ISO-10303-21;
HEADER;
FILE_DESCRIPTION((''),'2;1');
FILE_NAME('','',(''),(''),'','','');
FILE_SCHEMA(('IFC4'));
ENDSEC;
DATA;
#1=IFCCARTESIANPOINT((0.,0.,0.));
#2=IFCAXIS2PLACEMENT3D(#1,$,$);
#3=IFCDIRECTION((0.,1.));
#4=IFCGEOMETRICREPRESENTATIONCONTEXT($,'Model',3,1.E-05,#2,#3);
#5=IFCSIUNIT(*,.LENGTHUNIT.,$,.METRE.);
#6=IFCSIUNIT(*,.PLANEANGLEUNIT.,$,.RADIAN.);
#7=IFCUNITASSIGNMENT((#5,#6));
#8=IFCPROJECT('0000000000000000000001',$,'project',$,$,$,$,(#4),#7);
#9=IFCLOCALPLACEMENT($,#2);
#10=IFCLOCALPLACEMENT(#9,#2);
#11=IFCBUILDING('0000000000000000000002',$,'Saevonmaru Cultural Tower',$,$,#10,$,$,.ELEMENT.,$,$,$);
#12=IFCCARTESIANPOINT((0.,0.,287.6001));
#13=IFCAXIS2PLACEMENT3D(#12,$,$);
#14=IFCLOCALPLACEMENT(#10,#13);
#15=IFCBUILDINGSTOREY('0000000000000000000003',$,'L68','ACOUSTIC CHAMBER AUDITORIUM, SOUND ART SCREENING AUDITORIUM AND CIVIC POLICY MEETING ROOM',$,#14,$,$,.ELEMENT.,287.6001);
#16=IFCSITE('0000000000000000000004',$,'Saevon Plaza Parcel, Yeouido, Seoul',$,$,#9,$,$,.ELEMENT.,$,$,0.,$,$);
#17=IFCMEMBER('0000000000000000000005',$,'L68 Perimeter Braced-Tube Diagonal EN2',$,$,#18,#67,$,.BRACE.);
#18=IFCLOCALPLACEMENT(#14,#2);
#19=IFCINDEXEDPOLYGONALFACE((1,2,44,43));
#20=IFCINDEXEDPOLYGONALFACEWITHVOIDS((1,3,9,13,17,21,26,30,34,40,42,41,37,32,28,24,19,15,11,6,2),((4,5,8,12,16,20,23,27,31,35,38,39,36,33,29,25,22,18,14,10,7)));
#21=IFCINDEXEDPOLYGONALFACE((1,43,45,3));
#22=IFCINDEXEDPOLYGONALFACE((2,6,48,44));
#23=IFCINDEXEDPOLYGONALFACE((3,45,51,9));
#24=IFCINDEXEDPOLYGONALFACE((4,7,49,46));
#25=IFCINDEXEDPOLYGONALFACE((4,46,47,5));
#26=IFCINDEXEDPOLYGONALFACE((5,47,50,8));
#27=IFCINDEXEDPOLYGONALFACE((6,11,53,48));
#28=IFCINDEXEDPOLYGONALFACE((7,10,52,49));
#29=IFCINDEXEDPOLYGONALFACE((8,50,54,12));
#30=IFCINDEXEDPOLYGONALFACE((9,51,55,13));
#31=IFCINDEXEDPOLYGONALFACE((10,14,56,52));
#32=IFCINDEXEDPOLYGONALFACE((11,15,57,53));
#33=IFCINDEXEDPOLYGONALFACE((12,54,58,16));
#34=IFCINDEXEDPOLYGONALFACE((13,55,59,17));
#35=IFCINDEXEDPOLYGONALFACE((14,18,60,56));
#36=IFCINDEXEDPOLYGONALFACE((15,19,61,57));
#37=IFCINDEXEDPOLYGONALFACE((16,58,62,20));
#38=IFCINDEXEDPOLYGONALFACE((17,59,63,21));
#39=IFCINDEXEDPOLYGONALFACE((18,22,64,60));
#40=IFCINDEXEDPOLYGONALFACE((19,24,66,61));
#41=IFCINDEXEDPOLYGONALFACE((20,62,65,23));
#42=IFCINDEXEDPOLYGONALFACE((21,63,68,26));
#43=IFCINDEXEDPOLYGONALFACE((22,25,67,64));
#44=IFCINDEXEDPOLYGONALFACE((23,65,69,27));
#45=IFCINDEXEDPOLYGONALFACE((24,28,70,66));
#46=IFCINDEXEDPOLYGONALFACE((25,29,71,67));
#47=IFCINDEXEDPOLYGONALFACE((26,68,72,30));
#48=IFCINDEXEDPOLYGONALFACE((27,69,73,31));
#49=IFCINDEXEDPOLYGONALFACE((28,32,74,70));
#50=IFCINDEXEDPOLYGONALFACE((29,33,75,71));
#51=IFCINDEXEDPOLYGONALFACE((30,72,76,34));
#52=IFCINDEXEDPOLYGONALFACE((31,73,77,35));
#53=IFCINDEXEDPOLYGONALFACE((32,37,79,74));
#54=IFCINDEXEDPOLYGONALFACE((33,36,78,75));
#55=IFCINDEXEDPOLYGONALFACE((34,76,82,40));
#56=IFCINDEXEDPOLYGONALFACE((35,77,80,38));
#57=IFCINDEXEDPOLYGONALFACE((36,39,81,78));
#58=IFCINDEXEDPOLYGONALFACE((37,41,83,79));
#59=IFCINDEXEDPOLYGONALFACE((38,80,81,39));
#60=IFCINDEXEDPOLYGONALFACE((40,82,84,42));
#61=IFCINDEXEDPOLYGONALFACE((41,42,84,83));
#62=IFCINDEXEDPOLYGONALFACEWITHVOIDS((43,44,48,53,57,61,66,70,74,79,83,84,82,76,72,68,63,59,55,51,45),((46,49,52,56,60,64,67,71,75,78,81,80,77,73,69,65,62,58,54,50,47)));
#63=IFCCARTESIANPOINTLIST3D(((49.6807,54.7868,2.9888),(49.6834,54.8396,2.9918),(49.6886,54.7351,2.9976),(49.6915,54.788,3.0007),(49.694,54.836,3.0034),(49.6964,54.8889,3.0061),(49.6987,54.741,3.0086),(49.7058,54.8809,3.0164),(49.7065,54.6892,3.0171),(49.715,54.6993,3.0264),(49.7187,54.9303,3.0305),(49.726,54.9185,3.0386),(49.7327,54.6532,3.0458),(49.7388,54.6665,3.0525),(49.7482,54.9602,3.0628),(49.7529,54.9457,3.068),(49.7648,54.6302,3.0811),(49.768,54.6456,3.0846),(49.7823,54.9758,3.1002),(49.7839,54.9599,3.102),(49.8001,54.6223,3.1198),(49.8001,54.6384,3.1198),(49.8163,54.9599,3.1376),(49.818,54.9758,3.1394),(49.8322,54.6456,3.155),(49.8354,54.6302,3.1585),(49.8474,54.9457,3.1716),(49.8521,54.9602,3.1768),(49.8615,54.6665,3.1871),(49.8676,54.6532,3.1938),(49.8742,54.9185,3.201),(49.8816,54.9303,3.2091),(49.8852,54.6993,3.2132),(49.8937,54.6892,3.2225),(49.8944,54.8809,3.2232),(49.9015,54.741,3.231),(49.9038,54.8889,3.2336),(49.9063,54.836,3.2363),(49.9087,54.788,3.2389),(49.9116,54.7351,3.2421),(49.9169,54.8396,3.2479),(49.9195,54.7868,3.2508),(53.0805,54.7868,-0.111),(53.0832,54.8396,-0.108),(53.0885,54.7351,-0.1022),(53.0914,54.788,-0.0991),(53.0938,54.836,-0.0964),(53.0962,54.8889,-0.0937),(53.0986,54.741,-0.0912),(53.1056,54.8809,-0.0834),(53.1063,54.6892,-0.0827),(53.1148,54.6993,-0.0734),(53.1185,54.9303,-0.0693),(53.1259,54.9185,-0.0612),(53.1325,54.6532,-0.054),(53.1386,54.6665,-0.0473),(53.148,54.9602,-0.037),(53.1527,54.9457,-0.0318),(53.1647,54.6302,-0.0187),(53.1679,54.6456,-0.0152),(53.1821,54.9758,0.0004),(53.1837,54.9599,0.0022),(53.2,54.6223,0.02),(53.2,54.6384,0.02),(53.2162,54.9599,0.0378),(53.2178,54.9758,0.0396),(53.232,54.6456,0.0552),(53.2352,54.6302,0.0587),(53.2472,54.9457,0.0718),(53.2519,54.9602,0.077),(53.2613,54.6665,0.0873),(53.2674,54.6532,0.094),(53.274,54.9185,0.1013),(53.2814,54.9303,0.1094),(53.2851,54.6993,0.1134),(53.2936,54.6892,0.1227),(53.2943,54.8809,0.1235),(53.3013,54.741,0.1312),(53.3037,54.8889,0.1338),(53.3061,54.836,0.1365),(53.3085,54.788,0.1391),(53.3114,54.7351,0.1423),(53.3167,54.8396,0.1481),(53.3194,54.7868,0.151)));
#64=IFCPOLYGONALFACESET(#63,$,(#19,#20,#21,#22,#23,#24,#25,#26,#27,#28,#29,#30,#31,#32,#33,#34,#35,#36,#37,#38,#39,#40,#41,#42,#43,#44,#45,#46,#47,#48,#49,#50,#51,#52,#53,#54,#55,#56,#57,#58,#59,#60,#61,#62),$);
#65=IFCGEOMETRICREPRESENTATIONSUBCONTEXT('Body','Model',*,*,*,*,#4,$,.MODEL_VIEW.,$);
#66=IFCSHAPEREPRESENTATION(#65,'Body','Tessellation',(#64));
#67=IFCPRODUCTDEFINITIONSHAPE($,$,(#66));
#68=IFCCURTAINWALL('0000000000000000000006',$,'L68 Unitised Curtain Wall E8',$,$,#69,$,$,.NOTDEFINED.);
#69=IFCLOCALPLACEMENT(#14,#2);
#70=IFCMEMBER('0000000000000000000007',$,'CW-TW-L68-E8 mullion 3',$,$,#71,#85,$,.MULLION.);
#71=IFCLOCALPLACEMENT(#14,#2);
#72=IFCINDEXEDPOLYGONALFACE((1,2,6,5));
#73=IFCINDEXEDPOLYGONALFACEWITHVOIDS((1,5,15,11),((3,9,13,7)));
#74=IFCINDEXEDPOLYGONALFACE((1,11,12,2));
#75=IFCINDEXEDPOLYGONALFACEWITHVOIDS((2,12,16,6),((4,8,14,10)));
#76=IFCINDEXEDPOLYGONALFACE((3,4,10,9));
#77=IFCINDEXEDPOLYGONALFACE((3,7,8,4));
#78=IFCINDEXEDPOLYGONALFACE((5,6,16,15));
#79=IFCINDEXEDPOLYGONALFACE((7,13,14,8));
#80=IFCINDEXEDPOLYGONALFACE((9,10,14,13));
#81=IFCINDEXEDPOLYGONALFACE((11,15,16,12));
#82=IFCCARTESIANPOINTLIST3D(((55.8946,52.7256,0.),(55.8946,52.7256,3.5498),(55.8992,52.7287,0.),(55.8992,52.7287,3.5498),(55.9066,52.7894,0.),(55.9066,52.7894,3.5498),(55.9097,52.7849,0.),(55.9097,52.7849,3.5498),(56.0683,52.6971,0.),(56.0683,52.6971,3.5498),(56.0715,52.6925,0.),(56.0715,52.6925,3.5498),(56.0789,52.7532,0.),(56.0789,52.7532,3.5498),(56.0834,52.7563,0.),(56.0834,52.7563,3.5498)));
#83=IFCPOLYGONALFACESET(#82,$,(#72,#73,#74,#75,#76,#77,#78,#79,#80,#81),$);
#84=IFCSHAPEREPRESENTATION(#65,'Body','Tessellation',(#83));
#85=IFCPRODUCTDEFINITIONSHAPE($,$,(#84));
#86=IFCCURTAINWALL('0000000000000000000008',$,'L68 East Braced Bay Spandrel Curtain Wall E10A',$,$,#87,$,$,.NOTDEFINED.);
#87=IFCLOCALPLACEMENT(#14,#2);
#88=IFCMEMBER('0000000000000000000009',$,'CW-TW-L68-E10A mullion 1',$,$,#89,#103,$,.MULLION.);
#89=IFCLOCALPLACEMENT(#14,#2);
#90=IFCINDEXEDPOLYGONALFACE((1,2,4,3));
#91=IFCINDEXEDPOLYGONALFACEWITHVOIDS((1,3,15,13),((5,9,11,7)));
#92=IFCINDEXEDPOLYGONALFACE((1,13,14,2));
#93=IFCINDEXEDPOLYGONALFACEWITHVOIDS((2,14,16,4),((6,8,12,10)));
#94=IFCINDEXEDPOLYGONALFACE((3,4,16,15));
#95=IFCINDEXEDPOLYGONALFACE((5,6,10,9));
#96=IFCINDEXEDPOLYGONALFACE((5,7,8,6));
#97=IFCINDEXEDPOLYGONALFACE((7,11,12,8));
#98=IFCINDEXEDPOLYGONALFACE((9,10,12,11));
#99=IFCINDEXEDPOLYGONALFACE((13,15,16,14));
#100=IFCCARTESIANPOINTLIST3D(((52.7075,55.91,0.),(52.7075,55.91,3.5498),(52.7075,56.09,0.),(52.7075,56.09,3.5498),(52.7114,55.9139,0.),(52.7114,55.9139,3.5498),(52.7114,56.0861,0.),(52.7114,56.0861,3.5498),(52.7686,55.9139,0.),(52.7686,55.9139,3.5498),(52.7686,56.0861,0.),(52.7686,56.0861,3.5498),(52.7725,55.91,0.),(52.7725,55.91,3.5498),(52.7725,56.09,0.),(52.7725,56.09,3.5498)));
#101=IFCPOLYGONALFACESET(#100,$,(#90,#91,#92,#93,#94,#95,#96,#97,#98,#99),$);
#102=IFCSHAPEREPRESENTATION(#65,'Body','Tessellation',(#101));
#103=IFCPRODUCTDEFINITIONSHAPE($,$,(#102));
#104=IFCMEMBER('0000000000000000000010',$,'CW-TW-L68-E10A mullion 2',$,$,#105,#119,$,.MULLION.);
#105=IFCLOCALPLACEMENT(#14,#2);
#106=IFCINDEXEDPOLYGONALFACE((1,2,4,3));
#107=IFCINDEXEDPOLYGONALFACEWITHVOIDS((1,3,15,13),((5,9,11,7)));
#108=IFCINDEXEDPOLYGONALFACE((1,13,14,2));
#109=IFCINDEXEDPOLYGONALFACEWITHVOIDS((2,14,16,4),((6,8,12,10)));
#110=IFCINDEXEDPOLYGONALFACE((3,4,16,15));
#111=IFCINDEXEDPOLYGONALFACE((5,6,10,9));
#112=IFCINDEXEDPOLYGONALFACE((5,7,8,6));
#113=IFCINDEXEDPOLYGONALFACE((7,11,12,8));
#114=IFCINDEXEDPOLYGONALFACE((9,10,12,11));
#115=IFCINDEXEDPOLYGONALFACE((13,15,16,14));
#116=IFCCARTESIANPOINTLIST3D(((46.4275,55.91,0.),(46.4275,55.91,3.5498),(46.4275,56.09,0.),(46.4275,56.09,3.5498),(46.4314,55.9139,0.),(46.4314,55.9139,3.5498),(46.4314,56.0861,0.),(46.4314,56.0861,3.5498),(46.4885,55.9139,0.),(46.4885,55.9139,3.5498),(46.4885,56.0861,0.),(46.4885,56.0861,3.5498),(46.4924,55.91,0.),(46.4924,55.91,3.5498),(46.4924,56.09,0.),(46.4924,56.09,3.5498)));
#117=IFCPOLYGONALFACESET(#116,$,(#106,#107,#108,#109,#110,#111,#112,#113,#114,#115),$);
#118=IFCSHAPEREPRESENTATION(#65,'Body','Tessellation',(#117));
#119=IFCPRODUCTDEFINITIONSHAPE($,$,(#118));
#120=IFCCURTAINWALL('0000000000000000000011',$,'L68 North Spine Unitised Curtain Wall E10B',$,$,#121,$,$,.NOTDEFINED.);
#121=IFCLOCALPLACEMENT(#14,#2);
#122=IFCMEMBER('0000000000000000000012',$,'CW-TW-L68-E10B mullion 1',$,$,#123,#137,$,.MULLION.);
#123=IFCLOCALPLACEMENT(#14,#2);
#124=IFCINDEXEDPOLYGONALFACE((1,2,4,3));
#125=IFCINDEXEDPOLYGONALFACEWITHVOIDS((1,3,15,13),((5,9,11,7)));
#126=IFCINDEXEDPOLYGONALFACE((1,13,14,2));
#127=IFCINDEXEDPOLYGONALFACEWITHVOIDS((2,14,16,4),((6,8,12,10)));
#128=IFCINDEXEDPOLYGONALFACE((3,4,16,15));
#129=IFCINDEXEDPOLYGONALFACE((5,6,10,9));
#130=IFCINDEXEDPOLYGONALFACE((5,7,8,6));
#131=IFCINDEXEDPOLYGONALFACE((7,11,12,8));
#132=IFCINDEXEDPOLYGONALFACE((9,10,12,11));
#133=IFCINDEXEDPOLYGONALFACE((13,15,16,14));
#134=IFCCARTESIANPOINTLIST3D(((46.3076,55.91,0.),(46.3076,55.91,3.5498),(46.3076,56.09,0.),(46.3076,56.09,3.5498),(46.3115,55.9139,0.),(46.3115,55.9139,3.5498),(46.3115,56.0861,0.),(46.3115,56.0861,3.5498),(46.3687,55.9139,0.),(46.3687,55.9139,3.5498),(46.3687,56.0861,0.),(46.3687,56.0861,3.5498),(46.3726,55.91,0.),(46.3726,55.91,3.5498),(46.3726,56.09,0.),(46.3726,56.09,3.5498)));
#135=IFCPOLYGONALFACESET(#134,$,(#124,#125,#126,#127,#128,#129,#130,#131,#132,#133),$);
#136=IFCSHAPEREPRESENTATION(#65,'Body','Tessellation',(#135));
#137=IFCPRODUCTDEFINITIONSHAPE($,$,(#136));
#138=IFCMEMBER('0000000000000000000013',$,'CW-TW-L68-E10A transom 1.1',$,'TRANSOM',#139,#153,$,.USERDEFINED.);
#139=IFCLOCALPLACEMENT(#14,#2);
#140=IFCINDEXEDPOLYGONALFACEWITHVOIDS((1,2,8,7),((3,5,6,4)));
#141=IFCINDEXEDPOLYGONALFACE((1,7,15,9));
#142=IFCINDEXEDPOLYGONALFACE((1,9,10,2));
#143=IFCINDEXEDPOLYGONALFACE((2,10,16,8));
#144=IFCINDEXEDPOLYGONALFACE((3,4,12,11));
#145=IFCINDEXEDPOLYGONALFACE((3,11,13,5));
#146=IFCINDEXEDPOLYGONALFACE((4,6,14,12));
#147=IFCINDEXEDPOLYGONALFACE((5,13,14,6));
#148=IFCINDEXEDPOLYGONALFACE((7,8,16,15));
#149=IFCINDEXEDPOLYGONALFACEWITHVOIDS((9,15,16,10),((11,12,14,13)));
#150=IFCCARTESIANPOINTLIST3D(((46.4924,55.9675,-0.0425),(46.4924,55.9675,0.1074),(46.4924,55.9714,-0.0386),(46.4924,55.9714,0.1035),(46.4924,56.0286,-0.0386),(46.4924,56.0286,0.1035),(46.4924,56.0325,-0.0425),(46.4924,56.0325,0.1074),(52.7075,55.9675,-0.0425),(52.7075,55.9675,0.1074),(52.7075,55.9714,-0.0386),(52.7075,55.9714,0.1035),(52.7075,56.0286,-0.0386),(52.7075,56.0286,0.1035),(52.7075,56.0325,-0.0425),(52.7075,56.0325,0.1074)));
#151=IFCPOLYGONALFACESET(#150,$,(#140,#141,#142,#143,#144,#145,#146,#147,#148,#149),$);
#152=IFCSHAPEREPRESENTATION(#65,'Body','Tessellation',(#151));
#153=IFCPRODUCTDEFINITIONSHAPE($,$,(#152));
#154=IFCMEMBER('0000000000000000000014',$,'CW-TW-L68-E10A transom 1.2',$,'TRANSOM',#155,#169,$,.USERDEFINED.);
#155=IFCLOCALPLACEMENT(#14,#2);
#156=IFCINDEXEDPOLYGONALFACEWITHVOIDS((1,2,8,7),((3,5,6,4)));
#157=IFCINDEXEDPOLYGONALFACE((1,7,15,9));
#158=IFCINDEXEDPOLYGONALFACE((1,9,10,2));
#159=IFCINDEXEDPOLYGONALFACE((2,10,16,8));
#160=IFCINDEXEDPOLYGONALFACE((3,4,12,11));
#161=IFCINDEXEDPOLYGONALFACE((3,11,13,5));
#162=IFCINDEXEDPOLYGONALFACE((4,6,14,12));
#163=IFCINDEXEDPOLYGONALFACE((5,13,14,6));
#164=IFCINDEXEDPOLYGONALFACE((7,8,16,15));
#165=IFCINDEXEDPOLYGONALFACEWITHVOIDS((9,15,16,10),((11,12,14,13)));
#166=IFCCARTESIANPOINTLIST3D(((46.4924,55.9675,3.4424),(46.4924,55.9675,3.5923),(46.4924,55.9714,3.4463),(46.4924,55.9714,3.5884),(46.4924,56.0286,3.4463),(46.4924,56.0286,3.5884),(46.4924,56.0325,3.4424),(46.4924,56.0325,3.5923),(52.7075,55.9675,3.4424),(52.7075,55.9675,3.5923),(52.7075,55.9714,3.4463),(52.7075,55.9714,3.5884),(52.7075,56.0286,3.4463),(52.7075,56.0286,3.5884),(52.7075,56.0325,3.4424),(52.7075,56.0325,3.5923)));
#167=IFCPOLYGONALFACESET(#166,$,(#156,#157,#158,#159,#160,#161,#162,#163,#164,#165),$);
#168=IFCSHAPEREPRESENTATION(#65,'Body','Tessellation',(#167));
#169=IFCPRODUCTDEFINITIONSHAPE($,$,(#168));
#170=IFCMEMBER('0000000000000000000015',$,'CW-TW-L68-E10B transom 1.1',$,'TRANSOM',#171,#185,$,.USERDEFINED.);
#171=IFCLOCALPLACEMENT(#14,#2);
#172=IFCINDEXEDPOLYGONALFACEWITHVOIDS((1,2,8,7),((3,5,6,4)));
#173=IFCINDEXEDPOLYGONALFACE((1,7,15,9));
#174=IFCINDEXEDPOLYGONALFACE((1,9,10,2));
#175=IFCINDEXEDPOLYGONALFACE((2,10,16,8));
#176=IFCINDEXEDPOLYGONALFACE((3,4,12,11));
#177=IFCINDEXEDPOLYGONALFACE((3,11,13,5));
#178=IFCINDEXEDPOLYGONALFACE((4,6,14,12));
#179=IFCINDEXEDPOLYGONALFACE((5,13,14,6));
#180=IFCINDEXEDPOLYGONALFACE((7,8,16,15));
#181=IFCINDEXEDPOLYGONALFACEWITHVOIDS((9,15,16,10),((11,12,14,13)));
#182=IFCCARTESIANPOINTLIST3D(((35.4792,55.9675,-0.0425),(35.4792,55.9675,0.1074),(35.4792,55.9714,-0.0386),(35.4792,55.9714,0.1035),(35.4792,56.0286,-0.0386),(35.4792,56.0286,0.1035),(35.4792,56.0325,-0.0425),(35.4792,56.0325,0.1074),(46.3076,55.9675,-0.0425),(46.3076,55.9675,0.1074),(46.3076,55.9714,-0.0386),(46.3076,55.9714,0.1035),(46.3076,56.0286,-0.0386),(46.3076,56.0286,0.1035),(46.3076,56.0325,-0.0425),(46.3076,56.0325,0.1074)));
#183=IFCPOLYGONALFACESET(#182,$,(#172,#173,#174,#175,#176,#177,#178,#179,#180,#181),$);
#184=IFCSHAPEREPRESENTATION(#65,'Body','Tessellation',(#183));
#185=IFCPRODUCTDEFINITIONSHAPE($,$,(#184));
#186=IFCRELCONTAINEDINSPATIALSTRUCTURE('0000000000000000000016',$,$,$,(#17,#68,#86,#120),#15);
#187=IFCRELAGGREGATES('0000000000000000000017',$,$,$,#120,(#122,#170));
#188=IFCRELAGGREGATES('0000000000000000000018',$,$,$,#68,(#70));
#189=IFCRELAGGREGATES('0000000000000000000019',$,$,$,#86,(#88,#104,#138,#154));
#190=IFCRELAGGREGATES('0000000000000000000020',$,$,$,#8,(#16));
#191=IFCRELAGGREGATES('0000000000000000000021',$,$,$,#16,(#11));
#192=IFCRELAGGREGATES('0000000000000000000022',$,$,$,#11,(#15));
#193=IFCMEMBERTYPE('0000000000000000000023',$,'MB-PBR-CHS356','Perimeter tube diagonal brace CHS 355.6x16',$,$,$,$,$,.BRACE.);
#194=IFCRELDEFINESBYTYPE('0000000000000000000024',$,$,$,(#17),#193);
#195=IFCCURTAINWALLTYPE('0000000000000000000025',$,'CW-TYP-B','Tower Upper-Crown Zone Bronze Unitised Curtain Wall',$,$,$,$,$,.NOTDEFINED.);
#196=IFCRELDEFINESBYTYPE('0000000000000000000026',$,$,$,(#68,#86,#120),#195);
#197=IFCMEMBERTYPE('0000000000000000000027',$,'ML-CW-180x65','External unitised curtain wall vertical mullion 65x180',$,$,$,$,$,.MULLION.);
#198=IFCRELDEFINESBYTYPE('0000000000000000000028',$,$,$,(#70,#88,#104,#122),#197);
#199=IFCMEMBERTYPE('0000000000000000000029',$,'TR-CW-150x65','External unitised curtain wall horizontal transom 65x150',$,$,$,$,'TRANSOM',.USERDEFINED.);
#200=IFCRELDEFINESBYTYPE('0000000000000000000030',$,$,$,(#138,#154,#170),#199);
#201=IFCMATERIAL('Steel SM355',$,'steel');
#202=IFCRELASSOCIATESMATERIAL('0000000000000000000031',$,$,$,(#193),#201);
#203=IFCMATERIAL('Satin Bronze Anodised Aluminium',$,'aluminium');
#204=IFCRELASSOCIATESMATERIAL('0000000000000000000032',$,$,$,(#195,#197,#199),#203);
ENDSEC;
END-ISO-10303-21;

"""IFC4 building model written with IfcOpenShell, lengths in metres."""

from ifc_helpers import new_model, si_unit, direction, frame, origin, origin_2d, place, context, subcontext, project, spatial, hollow_rectangle, hollow_circle, extrude, material, material_profile, profile_set, type_object, element, aggregate, save


model = new_model("IFC4")

# Units and contexts
model_context = context("Model", 3, precision=1e-05, world=origin(), true_north=direction((0.0, 1.0)))
body_context = subcontext(model_context, "Body", "Model", "MODEL_VIEW")
ifc_project = project(units=[si_unit("LENGTHUNIT", "METRE"), si_unit("PLANEANGLEUNIT", "RADIAN")], contexts=[model_context])

# Site, building, storey
site_placement = place(None, origin())
site = spatial("IfcSite", under=ifc_project, at=site_placement, Name="Saevon Plaza Parcel, Yeouido, Seoul", CompositionType="ELEMENT", RefElevation=0.0)
building_placement = place(site_placement, origin())
building = spatial("IfcBuilding", under=site, at=building_placement, Name="Saevonmaru Cultural Tower", CompositionType="ELEMENT")
storey_placement = place(building_placement, frame((0.0, 0.0, 287.6001)))
storey = spatial("IfcBuildingStorey", under=building, at=storey_placement, Name="L68", Description="ACOUSTIC CHAMBER AUDITORIUM, SOUND ART SCREENING AUDITORIUM AND CIVIC POLICY MEETING ROOM", CompositionType="ELEMENT", Elevation=287.6001)

# Shared definitions
ifc_material_1 = material(Name="Steel SM355", Category="steel")

# Member
ifc_material_profile_1 = material_profile(ifc_material_1, hollow_circle(Radius=0.1777, WallThickness=0.0161, at=origin_2d()), Name="CHS-355.6x16")
ifc_profile_set_1 = profile_set([ifc_material_profile_1], Name="Steel SM355")
member_type_1 = type_object("IfcMemberType", Name="MB-PBR-CHS356", Description="Perimeter tube diagonal brace CHS 355.6x16", PredefinedType="BRACE", material=ifc_profile_set_1)
member_1_placement = place(storey_placement, frame((53.2, 54.8, 0.02), z_axis=(-0.738962, 0.0, 0.673747), x_axis=(0.0, -1.0, 0.0)))
element("IfcMember", 1, at=member_1_placement, inside=storey, type_object=member_type_1, Name="L68 Perimeter Braced-Tube Diagonal EN2", PredefinedType="BRACE", context=body_context, shape_type="SweptSolid", body=[
    extrude(hollow_circle(Radius=0.1777, WallThickness=0.0161, at=origin_2d()), origin(), (0.0, 0.0, 1.0), 4.6008),
])

# Curtain wall, member
ifc_material_2 = material(Name="Satin Bronze Anodised Aluminium", Category="aluminium")
curtain_wall_type = type_object("IfcCurtainWallType", Name="CW-TYP-B", Description="Tower Upper-Crown Zone Bronze Unitised Curtain Wall", PredefinedType="NOTDEFINED", material=ifc_material_2)
curtain_wall_1_placement = place(storey_placement, origin())
curtain_wall_1 = element("IfcCurtainWall", 2, at=curtain_wall_1_placement, inside=storey, type_object=curtain_wall_type, Name="L68 Unitised Curtain Wall E8", PredefinedType="NOTDEFINED")
ifc_material_profile_2 = material_profile(ifc_material_2, hollow_rectangle(XDim=0.0649, YDim=0.1799, WallThickness=0.0039, at=origin_2d()), Name="ALU-MULL-180x65x4")
ifc_profile_set_2 = profile_set([ifc_material_profile_2], Name="Satin Bronze Anodised Aluminium")
member_type_2 = type_object("IfcMemberType", Name="ML-CW-180x65", Description="External unitised curtain wall vertical mullion 65x180", PredefinedType="MULLION", material=ifc_profile_set_2)
member_2_placement = place(storey_placement, frame((55.989, 52.741, 0.0), z_axis=(0.0, 0.0, 1.0), x_axis=(0.184047, 0.982918, 0.0)))
member_2 = element("IfcMember", 3, at=member_2_placement, type_object=member_type_2, Name="CW-TW-L68-E8 mullion 3", PredefinedType="MULLION", context=body_context, shape_type="SweptSolid", body=[
    extrude(hollow_rectangle(XDim=0.0649, YDim=0.1799, WallThickness=0.0039, at=origin_2d()), origin(), (0.0, 0.0, 1.0), 3.5498),
])

# Curtain wall, members
curtain_wall_2_placement = place(storey_placement, origin())
curtain_wall_2 = element("IfcCurtainWall", 4, at=curtain_wall_2_placement, inside=storey, type_object=curtain_wall_type, Name="L68 East Braced Bay Spandrel Curtain Wall E10A", PredefinedType="NOTDEFINED")
member_3_placement = place(storey_placement, frame((52.74, 56.0, 0.0), z_axis=(0.0, 0.0, 1.0), x_axis=(-1.0, 0.0, 0.0)))
member_3 = element("IfcMember", 5, at=member_3_placement, type_object=member_type_2, Name="CW-TW-L68-E10A mullion 1", PredefinedType="MULLION", context=body_context, shape_type="SweptSolid", body=[
    extrude(hollow_rectangle(XDim=0.0649, YDim=0.1799, WallThickness=0.0039, at=origin_2d()), origin(), (0.0, 0.0, 1.0), 3.5498),
])
member_4_placement = place(storey_placement, frame((46.46, 56.0, 0.0), z_axis=(0.0, 0.0, 1.0), x_axis=(-1.0, 0.0, 0.0)))
member_4 = element("IfcMember", 6, at=member_4_placement, type_object=member_type_2, Name="CW-TW-L68-E10A mullion 2", PredefinedType="MULLION", context=body_context, shape_type="SweptSolid", body=[
    extrude(hollow_rectangle(XDim=0.0649, YDim=0.1799, WallThickness=0.0039, at=origin_2d()), origin(), (0.0, 0.0, 1.0), 3.5498),
])

# Curtain wall, member
curtain_wall_3_placement = place(storey_placement, origin())
curtain_wall_3 = element("IfcCurtainWall", 7, at=curtain_wall_3_placement, inside=storey, type_object=curtain_wall_type, Name="L68 North Spine Unitised Curtain Wall E10B", PredefinedType="NOTDEFINED")
member_5_placement = place(storey_placement, frame((46.3401, 56.0, 0.0), z_axis=(0.0, 0.0, 1.0), x_axis=(-1.0, 0.0, 0.0)))
member_5 = element("IfcMember", 8, at=member_5_placement, type_object=member_type_2, Name="CW-TW-L68-E10B mullion 1", PredefinedType="MULLION", context=body_context, shape_type="SweptSolid", body=[
    extrude(hollow_rectangle(XDim=0.0649, YDim=0.1799, WallThickness=0.0039, at=origin_2d()), origin(), (0.0, 0.0, 1.0), 3.5498),
])

# Members
ifc_material_profile_3 = material_profile(ifc_material_2, hollow_rectangle(XDim=0.0649, YDim=0.1499, WallThickness=0.0039, at=origin_2d()), Name="ALU-TRAN-150x65x4")
ifc_profile_set_3 = profile_set([ifc_material_profile_3], Name="Satin Bronze Anodised Aluminium")
member_type_3 = type_object("IfcMemberType", Name="TR-CW-150x65", Description="External unitised curtain wall horizontal transom 65x150", ElementType="TRANSOM", PredefinedType="USERDEFINED", material=ifc_profile_set_3)
member_6_placement = place(storey_placement, frame((52.7075, 56.0, 0.0325), z_axis=(-1.0, 0.0, 0.0), x_axis=(0.0, -1.0, 0.0)))
member_6 = element("IfcMember", 9, at=member_6_placement, type_object=member_type_3, Name="CW-TW-L68-E10A transom 1.1", ObjectType="TRANSOM", PredefinedType="USERDEFINED", context=body_context, shape_type="SweptSolid", body=[
    extrude(hollow_rectangle(XDim=0.0649, YDim=0.1499, WallThickness=0.0039, at=origin_2d()), origin(), (0.0, 0.0, 1.0), 6.2151),
])
member_7_placement = place(storey_placement, frame((52.7075, 56.0, 3.5173), z_axis=(-1.0, 0.0, 0.0), x_axis=(0.0, -1.0, 0.0)))
member_7 = element("IfcMember", 10, at=member_7_placement, type_object=member_type_3, Name="CW-TW-L68-E10A transom 1.2", ObjectType="TRANSOM", PredefinedType="USERDEFINED", context=body_context, shape_type="SweptSolid", body=[
    extrude(hollow_rectangle(XDim=0.0649, YDim=0.1499, WallThickness=0.0039, at=origin_2d()), origin(), (0.0, 0.0, 1.0), 6.2151),
])
member_8_placement = place(storey_placement, frame((46.3076, 56.0, 0.0325), z_axis=(-1.0, 0.0, 0.0), x_axis=(0.0, -1.0, 0.0)))
member_8 = element("IfcMember", 11, at=member_8_placement, type_object=member_type_3, Name="CW-TW-L68-E10B transom 1.1", ObjectType="TRANSOM", PredefinedType="USERDEFINED", context=body_context, shape_type="SweptSolid", body=[
    extrude(hollow_rectangle(XDim=0.0649, YDim=0.1499, WallThickness=0.0039, at=origin_2d()), origin(), (0.0, 0.0, 1.0), 10.8284),
])
aggregate(curtain_wall_3, [member_5, member_8])

aggregate(curtain_wall_1, [member_2])
aggregate(curtain_wall_2, [member_3, member_4, member_6, member_7])

save(model, "model.ifc")
